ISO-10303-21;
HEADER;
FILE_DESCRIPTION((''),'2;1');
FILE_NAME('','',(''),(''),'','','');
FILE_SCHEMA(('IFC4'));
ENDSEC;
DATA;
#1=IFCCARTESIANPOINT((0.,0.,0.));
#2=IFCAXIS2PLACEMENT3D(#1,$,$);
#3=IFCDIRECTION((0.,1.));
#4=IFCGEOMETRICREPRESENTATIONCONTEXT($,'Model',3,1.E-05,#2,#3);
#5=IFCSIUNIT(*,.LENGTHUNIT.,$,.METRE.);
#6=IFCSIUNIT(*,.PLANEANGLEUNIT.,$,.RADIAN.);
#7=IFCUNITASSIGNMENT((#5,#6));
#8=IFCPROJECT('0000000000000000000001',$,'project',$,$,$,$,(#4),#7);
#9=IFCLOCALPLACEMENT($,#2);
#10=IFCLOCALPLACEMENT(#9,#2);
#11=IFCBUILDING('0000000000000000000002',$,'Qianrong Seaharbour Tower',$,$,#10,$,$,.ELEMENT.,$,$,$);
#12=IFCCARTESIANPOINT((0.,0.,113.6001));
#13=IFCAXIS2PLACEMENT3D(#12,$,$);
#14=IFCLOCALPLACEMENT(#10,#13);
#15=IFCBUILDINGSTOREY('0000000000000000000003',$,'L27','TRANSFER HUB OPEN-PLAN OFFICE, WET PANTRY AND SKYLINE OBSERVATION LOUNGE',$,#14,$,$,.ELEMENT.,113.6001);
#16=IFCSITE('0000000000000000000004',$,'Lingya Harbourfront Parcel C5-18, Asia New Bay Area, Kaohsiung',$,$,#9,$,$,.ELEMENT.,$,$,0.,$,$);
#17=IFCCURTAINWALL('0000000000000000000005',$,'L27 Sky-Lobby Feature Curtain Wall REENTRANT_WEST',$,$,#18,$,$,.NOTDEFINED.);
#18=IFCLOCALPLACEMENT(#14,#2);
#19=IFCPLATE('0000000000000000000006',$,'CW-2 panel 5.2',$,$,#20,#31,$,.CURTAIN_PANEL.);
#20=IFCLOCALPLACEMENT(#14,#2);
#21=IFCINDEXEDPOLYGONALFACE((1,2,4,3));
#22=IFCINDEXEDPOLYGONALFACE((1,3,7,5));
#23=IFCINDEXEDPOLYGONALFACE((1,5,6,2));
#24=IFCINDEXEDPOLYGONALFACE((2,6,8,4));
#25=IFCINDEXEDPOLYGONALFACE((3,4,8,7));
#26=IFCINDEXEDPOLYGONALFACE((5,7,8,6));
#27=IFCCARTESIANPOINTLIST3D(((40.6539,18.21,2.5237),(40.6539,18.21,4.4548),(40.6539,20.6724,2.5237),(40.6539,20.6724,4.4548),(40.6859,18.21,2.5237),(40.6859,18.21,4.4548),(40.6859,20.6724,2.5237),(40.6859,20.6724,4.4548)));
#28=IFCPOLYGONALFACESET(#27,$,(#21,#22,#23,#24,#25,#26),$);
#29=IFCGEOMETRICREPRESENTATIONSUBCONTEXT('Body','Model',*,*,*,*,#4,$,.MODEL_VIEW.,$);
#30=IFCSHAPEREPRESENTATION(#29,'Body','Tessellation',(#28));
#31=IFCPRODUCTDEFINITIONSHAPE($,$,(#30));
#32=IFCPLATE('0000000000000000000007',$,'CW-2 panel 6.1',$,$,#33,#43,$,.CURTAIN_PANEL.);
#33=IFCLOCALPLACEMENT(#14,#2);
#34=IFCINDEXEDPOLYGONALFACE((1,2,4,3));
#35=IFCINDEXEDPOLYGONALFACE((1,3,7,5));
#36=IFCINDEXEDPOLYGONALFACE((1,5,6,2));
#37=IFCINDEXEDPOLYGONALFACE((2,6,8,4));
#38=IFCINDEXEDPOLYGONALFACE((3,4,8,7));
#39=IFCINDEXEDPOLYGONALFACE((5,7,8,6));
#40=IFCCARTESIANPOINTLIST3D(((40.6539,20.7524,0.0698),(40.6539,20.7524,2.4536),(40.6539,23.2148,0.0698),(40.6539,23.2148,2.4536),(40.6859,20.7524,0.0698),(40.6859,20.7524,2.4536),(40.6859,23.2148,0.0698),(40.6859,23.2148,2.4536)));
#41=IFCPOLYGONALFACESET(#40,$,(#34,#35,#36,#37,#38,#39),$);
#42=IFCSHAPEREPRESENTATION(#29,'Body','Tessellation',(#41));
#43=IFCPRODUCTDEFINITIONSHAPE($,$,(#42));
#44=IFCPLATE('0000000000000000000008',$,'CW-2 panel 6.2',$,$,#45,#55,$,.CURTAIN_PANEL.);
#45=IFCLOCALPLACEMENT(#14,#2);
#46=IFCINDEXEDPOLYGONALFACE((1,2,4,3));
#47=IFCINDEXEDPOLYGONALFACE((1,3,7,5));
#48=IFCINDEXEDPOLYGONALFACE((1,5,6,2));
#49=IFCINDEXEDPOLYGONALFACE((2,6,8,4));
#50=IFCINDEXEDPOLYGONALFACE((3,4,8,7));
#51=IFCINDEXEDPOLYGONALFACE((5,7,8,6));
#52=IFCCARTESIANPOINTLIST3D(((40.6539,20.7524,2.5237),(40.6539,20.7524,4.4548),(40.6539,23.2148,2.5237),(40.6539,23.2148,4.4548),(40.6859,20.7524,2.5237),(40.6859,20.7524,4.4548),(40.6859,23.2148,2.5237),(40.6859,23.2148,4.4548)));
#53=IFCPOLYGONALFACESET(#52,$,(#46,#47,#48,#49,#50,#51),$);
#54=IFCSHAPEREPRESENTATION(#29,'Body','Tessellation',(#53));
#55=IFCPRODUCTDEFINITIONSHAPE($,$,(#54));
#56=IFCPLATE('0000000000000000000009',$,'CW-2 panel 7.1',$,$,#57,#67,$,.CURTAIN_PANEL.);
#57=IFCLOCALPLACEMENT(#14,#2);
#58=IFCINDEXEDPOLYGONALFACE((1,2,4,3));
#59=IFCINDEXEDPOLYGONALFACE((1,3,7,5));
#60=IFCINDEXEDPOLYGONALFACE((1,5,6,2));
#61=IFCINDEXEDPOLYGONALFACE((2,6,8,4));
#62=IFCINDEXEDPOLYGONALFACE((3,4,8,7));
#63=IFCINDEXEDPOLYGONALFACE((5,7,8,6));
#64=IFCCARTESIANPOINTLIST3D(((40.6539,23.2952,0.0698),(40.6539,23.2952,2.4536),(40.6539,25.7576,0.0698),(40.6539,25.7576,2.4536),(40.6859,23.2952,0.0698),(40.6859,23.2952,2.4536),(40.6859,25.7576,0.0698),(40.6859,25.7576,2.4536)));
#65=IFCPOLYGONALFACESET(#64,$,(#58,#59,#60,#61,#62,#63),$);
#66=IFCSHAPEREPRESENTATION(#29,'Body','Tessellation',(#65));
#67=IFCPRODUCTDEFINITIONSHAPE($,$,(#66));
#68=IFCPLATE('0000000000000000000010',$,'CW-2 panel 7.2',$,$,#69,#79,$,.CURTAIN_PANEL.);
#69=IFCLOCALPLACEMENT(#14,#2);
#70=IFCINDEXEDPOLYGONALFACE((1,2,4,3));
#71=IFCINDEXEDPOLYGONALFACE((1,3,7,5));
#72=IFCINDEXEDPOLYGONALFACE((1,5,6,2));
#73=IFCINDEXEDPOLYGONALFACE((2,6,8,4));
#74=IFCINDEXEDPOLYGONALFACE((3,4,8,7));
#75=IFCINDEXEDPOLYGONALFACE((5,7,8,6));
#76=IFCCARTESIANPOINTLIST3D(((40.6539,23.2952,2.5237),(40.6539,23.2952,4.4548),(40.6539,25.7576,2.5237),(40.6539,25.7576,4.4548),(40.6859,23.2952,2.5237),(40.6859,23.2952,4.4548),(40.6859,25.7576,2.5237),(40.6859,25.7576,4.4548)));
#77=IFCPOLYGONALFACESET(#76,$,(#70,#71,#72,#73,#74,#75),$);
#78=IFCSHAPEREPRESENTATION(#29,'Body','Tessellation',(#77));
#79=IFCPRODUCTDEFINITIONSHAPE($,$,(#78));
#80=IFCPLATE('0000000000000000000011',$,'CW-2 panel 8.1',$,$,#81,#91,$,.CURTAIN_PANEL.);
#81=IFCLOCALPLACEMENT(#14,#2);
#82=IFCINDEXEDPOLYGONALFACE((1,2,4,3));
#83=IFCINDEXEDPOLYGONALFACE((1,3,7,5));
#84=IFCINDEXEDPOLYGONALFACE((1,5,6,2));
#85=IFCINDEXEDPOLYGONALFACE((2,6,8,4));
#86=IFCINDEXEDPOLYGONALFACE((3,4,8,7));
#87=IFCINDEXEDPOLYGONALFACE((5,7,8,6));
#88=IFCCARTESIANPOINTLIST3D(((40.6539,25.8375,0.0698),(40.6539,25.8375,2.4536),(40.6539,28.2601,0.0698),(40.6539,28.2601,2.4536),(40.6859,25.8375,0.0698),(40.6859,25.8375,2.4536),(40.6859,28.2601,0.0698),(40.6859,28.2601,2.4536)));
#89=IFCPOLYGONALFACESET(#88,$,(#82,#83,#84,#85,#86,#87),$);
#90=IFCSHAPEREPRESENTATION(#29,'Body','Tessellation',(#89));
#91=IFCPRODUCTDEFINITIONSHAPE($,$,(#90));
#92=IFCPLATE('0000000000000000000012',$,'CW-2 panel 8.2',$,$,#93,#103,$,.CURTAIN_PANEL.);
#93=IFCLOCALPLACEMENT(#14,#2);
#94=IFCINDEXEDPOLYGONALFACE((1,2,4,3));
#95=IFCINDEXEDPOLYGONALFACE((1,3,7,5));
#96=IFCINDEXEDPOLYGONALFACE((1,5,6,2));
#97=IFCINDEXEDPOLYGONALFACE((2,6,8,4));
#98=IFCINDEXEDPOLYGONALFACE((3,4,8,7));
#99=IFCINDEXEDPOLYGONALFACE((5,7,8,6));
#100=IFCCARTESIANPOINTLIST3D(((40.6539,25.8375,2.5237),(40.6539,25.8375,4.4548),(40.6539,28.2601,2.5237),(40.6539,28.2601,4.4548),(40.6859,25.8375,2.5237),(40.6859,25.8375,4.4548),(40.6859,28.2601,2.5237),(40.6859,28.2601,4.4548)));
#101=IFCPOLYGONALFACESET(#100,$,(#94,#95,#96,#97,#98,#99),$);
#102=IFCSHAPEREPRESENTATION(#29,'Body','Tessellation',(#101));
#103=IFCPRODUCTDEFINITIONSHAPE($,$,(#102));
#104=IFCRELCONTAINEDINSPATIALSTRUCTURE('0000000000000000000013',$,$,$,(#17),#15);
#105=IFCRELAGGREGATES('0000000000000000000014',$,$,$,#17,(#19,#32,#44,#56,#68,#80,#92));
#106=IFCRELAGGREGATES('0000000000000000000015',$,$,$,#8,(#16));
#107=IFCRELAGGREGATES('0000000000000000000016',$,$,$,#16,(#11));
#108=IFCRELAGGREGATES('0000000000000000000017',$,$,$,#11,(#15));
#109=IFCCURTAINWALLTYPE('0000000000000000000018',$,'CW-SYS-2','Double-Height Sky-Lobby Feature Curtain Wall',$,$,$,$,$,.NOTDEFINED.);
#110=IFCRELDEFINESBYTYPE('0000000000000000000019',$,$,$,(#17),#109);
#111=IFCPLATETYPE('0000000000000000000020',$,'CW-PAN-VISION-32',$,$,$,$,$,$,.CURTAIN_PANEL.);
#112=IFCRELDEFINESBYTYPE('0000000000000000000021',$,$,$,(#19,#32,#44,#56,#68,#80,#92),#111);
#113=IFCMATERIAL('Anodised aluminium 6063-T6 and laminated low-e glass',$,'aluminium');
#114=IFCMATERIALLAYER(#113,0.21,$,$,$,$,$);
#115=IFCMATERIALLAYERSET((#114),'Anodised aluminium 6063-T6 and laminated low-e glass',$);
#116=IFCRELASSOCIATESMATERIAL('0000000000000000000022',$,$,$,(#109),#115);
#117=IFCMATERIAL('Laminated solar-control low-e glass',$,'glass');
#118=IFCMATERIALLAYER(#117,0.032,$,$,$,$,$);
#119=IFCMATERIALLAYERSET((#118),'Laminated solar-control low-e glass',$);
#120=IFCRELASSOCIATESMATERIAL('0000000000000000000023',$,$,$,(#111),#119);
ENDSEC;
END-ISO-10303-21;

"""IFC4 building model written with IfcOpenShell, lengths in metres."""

from ifc_helpers import new_model, si_unit, direction, frame, origin, origin_2d, place, context, subcontext, project, spatial, rectangle, extrude, material, layer, layer_set, type_object, element, aggregate, save


model = new_model("IFC4")

# Units and contexts
model_context = context("Model", 3, precision=1e-05, world=origin(), true_north=direction((0.0, 1.0)))
body_context = subcontext(model_context, "Body", "Model", "MODEL_VIEW")
ifc_project = project(units=[si_unit("LENGTHUNIT", "METRE"), si_unit("PLANEANGLEUNIT", "RADIAN")], contexts=[model_context])

# Site, building, storey
site_placement = place(None, origin())
site = spatial("IfcSite", under=ifc_project, at=site_placement, Name="Lingya Harbourfront Parcel C5-18, Asia New Bay Area, Kaohsiung", CompositionType="ELEMENT", RefElevation=0.0)
building_placement = place(site_placement, origin())
building = spatial("IfcBuilding", under=site, at=building_placement, Name="Qianrong Seaharbour Tower", CompositionType="ELEMENT")
storey_placement = place(building_placement, frame((0.0, 0.0, 113.6001)))
storey = spatial("IfcBuildingStorey", under=building, at=storey_placement, Name="L27", Description="TRANSFER HUB OPEN-PLAN OFFICE, WET PANTRY AND SKYLINE OBSERVATION LOUNGE", CompositionType="ELEMENT", Elevation=113.6001)

# Curtain wall, plates
ifc_material_1 = material(Name="Anodised aluminium 6063-T6 and laminated low-e glass", Category="aluminium")
ifc_layer_1 = layer(ifc_material_1, 0.21)
ifc_layer_set_1 = layer_set([ifc_layer_1], Name="Anodised aluminium 6063-T6 and laminated low-e glass")
curtain_wall_type = type_object("IfcCurtainWallType", Name="CW-SYS-2", Description="Double-Height Sky-Lobby Feature Curtain Wall", PredefinedType="NOTDEFINED", material=ifc_layer_set_1)
curtain_wall_placement = place(storey_placement, origin())
curtain_wall = element("IfcCurtainWall", 1, at=curtain_wall_placement, inside=storey, type_object=curtain_wall_type, Name="L27 Sky-Lobby Feature Curtain Wall REENTRANT_WEST", PredefinedType="NOTDEFINED")
ifc_material_2 = material(Name="Laminated solar-control low-e glass", Category="glass")
ifc_layer_2 = layer(ifc_material_2, 0.032)
ifc_layer_set_2 = layer_set([ifc_layer_2], Name="Laminated solar-control low-e glass")
plate_type = type_object("IfcPlateType", Name="CW-PAN-VISION-32", PredefinedType="CURTAIN_PANEL", material=ifc_layer_set_2)
plate_1_placement = place(storey_placement, frame((40.6699, 19.4412, 2.5237), z_axis=(0.0, 0.0, 1.0), x_axis=(0.0, 1.0, 0.0)))
plate_1 = element("IfcPlate", 2, at=plate_1_placement, type_object=plate_type, Name="CW-2 panel 5.2", PredefinedType="CURTAIN_PANEL", context=body_context, shape_type="SweptSolid", body=[
    extrude(rectangle(XDim=2.4624, YDim=0.032, at=origin_2d()), origin(), (0.0, 0.0, 1.0), 1.9312),
])
plate_2_placement = place(storey_placement, frame((40.6699, 21.9836, 0.0698), z_axis=(0.0, 0.0, 1.0), x_axis=(0.0, 1.0, 0.0)))
plate_2 = element("IfcPlate", 3, at=plate_2_placement, type_object=plate_type, Name="CW-2 panel 6.1", PredefinedType="CURTAIN_PANEL", context=body_context, shape_type="SweptSolid", body=[
    extrude(rectangle(XDim=2.4624, YDim=0.032, at=origin_2d()), origin(), (0.0, 0.0, 1.0), 2.3838),
])
plate_3_placement = place(storey_placement, frame((40.6699, 21.9836, 2.5237), z_axis=(0.0, 0.0, 1.0), x_axis=(0.0, 1.0, 0.0)))
plate_3 = element("IfcPlate", 4, at=plate_3_placement, type_object=plate_type, Name="CW-2 panel 6.2", PredefinedType="CURTAIN_PANEL", context=body_context, shape_type="SweptSolid", body=[
    extrude(rectangle(XDim=2.4624, YDim=0.032, at=origin_2d()), origin(), (0.0, 0.0, 1.0), 1.9312),
])
plate_4_placement = place(storey_placement, frame((40.6699, 24.5264, 0.0698), z_axis=(0.0, 0.0, 1.0), x_axis=(0.0, 1.0, 0.0)))
plate_4 = element("IfcPlate", 5, at=plate_4_placement, type_object=plate_type, Name="CW-2 panel 7.1", PredefinedType="CURTAIN_PANEL", context=body_context, shape_type="SweptSolid", body=[
    extrude(rectangle(XDim=2.4624, YDim=0.032, at=origin_2d()), origin(), (0.0, 0.0, 1.0), 2.3838),
])
plate_5_placement = place(storey_placement, frame((40.6699, 24.5264, 2.5237), z_axis=(0.0, 0.0, 1.0), x_axis=(0.0, 1.0, 0.0)))
plate_5 = element("IfcPlate", 6, at=plate_5_placement, type_object=plate_type, Name="CW-2 panel 7.2", PredefinedType="CURTAIN_PANEL", context=body_context, shape_type="SweptSolid", body=[
    extrude(rectangle(XDim=2.4624, YDim=0.032, at=origin_2d()), origin(), (0.0, 0.0, 1.0), 1.9312),
])
plate_6_placement = place(storey_placement, frame((40.6699, 27.0488, 0.0698), z_axis=(0.0, 0.0, 1.0), x_axis=(0.0, 1.0, 0.0)))
plate_6 = element("IfcPlate", 7, at=plate_6_placement, type_object=plate_type, Name="CW-2 panel 8.1", PredefinedType="CURTAIN_PANEL", context=body_context, shape_type="SweptSolid", body=[
    extrude(rectangle(XDim=2.4226, YDim=0.032, at=origin_2d()), origin(), (0.0, 0.0, 1.0), 2.3838),
])
plate_7_placement = place(storey_placement, frame((40.6699, 27.0488, 2.5237), z_axis=(0.0, 0.0, 1.0), x_axis=(0.0, 1.0, 0.0)))
plate_7 = element("IfcPlate", 8, at=plate_7_placement, type_object=plate_type, Name="CW-2 panel 8.2", PredefinedType="CURTAIN_PANEL", context=body_context, shape_type="SweptSolid", body=[
    extrude(rectangle(XDim=2.4226, YDim=0.032, at=origin_2d()), origin(), (0.0, 0.0, 1.0), 1.9312),
])
aggregate(curtain_wall, [plate_1, plate_2, plate_3, plate_4, plate_5, plate_6, plate_7])

save(model, "model.ifc")
